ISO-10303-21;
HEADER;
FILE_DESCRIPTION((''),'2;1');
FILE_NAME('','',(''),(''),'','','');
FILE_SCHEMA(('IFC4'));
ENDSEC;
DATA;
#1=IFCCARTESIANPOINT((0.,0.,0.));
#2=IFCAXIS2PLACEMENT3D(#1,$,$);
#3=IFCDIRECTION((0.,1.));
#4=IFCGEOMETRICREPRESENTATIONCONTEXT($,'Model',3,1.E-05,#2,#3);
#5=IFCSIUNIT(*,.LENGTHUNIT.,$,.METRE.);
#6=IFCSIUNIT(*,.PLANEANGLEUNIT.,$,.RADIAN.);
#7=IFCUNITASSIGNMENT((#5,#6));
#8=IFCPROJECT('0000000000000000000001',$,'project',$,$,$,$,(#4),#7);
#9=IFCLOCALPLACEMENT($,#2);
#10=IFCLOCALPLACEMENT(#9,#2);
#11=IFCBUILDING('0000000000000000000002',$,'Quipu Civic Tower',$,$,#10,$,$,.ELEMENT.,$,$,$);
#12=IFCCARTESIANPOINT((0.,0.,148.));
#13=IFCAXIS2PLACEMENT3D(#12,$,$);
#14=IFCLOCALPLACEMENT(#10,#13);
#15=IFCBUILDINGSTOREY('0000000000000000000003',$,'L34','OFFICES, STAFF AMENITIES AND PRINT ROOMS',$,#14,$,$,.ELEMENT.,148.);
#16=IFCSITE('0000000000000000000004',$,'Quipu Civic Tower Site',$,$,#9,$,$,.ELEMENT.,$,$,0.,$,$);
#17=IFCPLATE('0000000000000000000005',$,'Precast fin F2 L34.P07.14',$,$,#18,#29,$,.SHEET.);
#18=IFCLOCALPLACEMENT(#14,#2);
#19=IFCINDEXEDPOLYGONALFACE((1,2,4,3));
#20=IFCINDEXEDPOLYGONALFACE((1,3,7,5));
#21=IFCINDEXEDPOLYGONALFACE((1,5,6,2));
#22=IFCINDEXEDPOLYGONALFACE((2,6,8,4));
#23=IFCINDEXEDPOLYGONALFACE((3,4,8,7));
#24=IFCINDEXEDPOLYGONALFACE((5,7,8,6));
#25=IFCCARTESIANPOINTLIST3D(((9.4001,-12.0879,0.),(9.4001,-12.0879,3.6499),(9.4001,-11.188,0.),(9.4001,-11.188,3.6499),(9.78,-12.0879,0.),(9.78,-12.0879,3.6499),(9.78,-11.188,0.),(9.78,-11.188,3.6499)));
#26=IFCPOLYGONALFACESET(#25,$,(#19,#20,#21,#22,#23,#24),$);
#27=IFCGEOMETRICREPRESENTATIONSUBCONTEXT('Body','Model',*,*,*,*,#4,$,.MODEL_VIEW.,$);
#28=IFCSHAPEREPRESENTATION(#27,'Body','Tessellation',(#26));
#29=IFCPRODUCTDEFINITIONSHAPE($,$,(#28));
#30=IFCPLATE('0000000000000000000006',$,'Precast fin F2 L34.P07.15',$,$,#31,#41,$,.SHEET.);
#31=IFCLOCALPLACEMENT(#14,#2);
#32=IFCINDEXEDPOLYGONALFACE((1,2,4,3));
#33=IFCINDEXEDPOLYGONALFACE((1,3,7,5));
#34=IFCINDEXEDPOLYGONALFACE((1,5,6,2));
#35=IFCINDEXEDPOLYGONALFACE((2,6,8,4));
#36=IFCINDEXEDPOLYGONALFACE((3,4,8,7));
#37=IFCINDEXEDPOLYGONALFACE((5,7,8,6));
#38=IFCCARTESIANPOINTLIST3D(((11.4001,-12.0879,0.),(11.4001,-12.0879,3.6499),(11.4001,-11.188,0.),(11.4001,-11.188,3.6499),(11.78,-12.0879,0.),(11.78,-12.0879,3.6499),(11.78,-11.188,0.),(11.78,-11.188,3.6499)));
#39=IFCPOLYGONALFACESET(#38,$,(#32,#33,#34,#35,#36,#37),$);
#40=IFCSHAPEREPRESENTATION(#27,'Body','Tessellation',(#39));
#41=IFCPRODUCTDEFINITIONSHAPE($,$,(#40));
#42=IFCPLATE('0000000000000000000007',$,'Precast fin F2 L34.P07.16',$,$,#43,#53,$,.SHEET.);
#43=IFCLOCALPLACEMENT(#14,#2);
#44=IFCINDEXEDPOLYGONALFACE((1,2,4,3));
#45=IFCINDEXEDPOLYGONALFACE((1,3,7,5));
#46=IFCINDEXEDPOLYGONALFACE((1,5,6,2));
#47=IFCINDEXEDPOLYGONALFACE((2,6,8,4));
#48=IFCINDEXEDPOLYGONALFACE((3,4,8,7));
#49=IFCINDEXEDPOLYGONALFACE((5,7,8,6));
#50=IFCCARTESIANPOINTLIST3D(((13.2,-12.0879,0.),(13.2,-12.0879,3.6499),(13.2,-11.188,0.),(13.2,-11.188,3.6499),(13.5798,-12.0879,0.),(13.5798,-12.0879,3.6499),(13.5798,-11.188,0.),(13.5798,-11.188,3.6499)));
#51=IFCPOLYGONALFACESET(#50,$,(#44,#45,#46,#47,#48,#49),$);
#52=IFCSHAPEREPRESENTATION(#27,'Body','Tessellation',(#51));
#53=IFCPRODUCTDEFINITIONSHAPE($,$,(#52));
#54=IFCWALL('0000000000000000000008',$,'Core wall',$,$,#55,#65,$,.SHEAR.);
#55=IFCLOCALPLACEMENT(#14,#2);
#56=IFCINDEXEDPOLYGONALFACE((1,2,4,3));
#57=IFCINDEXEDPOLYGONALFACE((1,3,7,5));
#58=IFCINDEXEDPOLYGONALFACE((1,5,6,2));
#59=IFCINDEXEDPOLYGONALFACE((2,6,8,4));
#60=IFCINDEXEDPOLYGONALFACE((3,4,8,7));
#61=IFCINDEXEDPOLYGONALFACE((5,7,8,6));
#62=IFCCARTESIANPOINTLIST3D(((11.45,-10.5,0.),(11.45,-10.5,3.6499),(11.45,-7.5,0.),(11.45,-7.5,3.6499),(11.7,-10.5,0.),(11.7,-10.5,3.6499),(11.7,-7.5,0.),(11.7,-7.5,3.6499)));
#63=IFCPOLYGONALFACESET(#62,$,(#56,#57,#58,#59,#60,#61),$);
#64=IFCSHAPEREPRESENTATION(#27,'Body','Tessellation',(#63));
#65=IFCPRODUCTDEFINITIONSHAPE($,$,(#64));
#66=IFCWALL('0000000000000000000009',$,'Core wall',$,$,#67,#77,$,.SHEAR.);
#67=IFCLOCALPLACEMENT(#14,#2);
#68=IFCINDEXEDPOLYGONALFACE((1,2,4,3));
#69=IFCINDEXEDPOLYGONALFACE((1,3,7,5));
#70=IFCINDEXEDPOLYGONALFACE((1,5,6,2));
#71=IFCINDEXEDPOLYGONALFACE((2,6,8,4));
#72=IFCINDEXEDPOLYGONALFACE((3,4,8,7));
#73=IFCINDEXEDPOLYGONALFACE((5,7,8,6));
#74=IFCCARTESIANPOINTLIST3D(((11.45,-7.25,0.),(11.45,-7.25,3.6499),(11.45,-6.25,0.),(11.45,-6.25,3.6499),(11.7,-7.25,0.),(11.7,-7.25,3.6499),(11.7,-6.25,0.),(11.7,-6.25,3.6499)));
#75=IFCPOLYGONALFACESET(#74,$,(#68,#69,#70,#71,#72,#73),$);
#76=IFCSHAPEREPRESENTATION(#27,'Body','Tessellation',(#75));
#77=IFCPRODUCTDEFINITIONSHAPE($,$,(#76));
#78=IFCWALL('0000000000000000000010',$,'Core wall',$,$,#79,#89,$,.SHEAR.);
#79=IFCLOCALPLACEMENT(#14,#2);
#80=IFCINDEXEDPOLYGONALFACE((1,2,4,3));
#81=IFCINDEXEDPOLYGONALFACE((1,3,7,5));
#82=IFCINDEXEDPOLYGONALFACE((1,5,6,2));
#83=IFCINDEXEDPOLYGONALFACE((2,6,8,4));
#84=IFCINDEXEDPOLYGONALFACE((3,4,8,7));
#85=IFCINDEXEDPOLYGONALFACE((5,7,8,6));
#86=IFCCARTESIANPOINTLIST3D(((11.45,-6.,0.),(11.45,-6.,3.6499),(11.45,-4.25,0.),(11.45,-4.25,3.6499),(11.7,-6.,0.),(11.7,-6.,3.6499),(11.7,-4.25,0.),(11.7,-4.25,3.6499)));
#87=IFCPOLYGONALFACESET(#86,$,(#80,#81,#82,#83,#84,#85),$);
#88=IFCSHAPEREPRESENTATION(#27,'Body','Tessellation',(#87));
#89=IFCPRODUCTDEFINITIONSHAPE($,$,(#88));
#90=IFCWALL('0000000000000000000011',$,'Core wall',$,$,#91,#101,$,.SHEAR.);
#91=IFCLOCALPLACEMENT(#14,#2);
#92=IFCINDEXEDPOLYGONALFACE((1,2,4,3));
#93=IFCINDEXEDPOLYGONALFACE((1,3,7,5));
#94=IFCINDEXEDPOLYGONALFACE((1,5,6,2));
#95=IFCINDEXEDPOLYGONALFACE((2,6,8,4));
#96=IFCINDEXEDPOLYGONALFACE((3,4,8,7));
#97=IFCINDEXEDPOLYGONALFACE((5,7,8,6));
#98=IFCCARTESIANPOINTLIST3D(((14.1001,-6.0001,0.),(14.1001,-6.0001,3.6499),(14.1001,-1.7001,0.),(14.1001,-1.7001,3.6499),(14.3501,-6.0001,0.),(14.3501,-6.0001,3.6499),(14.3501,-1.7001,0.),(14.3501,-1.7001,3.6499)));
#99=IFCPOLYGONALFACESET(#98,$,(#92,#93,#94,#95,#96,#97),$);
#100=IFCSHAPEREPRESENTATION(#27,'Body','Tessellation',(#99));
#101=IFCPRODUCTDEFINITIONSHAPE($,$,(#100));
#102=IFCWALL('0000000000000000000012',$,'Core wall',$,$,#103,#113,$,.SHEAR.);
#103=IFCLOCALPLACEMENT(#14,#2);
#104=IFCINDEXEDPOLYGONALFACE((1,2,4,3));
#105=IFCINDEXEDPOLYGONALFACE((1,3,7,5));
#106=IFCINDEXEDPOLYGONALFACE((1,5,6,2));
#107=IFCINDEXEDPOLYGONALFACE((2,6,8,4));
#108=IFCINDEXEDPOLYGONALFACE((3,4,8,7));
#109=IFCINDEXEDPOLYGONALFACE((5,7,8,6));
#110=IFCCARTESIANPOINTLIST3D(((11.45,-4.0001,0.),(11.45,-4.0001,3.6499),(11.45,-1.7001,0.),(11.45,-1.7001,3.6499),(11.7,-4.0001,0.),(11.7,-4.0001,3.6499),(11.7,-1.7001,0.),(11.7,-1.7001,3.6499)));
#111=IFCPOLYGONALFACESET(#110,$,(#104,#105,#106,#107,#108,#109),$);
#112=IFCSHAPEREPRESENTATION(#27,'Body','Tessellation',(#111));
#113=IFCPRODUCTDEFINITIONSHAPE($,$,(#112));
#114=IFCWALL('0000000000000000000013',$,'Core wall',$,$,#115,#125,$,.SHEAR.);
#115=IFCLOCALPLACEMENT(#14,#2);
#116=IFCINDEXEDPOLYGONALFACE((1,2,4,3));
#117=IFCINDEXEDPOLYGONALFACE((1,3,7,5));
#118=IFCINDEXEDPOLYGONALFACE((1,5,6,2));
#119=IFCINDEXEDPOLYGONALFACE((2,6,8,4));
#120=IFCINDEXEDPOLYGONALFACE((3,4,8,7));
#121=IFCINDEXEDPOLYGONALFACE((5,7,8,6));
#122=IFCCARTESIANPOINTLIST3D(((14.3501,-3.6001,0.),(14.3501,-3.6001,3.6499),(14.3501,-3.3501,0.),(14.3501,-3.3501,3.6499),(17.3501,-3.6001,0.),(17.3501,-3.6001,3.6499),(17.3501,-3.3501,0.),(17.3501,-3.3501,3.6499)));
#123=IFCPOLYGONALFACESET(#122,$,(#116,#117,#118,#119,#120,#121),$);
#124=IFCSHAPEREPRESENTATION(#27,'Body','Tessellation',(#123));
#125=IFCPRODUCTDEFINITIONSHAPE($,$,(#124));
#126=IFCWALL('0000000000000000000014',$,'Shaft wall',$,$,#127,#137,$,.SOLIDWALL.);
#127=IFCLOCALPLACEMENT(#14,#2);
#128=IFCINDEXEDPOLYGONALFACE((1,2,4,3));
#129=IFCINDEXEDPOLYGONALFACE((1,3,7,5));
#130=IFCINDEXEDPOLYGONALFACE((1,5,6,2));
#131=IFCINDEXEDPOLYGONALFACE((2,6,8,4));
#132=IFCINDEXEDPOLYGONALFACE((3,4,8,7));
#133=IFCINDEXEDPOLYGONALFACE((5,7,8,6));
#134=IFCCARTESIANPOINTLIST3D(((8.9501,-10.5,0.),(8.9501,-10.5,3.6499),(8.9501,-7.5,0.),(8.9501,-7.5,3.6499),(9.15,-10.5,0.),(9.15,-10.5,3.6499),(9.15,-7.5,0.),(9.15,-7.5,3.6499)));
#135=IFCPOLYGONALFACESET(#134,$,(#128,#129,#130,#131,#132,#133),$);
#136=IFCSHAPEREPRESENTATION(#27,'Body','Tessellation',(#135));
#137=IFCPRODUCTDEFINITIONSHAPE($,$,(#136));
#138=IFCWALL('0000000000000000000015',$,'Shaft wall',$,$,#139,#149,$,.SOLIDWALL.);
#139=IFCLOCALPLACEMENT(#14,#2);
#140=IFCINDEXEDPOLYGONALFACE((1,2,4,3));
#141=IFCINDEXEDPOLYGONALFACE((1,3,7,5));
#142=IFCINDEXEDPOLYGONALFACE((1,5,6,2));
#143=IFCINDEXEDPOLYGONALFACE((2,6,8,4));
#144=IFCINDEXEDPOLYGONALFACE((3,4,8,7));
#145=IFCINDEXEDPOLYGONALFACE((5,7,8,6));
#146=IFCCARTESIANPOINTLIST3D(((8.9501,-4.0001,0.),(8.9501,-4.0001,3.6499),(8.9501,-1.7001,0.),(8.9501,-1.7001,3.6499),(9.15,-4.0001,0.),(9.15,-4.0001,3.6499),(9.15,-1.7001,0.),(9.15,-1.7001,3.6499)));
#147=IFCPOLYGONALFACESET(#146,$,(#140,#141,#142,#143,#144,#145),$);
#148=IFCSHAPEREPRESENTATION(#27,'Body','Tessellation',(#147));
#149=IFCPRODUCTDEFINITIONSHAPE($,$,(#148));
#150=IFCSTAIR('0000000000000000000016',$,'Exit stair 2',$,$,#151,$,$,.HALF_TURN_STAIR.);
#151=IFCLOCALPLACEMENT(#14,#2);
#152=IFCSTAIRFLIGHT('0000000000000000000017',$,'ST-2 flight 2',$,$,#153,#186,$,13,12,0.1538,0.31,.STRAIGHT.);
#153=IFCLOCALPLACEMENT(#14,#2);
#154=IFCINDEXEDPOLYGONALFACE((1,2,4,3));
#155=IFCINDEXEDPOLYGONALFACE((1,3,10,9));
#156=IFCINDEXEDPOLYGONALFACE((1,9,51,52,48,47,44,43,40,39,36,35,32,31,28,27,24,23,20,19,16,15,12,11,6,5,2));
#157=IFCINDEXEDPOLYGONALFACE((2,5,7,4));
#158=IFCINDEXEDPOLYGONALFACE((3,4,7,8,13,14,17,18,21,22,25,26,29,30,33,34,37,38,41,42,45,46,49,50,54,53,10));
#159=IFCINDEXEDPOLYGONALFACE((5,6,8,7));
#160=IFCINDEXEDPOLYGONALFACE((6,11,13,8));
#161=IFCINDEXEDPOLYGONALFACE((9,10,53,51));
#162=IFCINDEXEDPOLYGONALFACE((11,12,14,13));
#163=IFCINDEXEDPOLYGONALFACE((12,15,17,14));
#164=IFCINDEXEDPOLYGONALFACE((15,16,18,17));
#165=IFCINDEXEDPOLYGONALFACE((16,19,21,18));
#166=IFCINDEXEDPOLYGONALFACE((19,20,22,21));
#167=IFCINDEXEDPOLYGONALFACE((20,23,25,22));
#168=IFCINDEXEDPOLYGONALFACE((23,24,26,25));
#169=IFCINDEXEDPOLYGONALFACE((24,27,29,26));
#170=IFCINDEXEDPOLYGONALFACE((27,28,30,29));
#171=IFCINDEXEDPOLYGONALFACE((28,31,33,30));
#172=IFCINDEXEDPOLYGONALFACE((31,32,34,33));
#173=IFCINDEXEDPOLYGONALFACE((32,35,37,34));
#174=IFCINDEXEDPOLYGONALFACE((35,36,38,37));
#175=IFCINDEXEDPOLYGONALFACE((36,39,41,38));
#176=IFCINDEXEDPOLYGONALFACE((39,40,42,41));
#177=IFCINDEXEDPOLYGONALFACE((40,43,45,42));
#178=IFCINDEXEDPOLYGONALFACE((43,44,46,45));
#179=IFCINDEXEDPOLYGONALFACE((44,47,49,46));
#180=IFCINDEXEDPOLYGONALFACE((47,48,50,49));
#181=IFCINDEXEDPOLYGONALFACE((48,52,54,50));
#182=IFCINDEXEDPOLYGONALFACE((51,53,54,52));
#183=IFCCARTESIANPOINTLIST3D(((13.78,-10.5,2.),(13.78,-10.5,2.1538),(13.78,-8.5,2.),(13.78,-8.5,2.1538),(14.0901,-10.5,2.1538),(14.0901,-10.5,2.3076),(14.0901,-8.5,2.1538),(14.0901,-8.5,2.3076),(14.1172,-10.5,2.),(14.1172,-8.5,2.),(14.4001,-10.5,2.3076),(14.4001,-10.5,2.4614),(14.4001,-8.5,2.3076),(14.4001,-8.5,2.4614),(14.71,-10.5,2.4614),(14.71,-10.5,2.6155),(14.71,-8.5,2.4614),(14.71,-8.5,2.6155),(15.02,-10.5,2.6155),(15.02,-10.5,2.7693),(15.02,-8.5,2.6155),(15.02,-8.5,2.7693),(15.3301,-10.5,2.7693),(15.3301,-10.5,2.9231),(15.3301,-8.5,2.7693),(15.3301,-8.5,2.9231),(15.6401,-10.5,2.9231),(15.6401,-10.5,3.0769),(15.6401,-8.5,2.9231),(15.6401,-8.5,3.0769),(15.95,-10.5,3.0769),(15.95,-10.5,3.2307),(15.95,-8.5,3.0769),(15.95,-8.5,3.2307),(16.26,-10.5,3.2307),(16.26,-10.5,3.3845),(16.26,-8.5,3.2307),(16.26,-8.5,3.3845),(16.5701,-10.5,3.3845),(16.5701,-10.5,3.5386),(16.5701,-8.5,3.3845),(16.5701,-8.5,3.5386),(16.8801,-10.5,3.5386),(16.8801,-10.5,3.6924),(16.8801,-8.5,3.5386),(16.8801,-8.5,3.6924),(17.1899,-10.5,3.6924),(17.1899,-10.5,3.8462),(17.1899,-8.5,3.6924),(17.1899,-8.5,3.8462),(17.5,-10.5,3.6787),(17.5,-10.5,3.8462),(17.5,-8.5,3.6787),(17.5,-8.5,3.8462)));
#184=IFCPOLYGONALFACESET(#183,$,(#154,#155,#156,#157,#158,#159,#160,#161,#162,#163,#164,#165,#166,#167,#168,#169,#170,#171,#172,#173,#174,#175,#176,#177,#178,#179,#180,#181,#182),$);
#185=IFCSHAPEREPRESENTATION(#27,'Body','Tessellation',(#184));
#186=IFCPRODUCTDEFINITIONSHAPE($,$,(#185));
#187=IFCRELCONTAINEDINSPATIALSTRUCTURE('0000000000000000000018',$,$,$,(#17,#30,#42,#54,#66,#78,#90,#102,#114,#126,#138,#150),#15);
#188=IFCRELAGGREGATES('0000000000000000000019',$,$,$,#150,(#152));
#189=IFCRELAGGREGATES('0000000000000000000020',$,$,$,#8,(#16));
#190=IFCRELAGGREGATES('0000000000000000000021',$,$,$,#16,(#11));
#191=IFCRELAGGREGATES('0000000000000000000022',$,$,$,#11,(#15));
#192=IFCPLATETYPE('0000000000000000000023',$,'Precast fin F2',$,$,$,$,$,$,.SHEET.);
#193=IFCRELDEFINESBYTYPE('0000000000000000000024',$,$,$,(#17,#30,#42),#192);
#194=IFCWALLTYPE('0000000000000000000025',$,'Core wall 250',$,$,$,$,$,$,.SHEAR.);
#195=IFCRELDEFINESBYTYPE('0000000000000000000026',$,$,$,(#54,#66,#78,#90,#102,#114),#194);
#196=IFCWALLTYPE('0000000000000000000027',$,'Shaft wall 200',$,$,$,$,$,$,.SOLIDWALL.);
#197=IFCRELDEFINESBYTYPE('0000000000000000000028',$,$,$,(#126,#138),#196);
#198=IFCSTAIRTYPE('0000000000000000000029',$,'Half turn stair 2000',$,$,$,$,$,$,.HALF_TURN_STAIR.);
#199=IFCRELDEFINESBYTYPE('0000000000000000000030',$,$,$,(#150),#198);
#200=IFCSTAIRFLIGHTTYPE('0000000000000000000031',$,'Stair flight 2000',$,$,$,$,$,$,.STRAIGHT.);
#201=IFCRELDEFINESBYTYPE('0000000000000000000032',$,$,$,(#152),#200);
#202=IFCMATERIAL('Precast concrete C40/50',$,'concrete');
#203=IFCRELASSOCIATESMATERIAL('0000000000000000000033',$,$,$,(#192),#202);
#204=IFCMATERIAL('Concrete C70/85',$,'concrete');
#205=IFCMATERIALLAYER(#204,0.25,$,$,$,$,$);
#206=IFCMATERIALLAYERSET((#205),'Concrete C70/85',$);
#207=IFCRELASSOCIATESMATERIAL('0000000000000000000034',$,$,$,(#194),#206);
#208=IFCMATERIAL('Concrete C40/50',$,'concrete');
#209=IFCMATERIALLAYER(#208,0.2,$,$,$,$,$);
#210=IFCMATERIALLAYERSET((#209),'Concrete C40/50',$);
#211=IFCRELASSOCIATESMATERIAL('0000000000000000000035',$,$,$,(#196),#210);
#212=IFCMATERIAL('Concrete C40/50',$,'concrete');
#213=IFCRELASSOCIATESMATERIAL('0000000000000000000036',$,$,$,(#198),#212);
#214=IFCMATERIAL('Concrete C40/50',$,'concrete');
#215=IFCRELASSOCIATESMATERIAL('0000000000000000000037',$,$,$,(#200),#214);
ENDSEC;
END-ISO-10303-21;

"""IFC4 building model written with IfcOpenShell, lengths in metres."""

from ifc_helpers import new_model, si_unit, direction, frame, frame_2d, origin, origin_2d, place, context, subcontext, project, spatial, polyline, rectangle, outline, extrude, material, layer, layer_set, type_object, element, aggregate, save


model = new_model("IFC4")

# Units and contexts
model_context = context("Model", 3, precision=1e-05, world=origin(), true_north=direction((0.0, 1.0)))
body_context = subcontext(model_context, "Body", "Model", "MODEL_VIEW")
ifc_project = project(units=[si_unit("LENGTHUNIT", "METRE"), si_unit("PLANEANGLEUNIT", "RADIAN")], contexts=[model_context])

# Site, building, storey
site_placement = place(None, origin())
site = spatial("IfcSite", under=ifc_project, at=site_placement, Name="Quipu Civic Tower Site", CompositionType="ELEMENT", RefElevation=0.0)
building_placement = place(site_placement, origin())
building = spatial("IfcBuilding", under=site, at=building_placement, Name="Quipu Civic Tower", CompositionType="ELEMENT")
storey_placement = place(building_placement, frame((0.0, 0.0, 148.0)))
storey = spatial("IfcBuildingStorey", under=building, at=storey_placement, Name="L34", Description="OFFICES, STAFF AMENITIES AND PRINT ROOMS", CompositionType="ELEMENT", Elevation=148.0)

# Plates
ifc_material_1 = material(Name="Precast concrete C40/50", Category="concrete")
plate_type = type_object("IfcPlateType", Name="Precast fin F2", PredefinedType="SHEET", material=ifc_material_1)
for number, where, z_axis, x_axis, name in (
    (1, (9.5901, -11.6379, 0.0), (0.0, 0.0, 1.0), (1.0, 0.0, 0.0), "Precast fin F2 L34.P07.14"),
    (2, (11.5901, -11.6379, 0.0), (0.0, 0.0, 1.0), (1.0, 0.0, 0.0), "Precast fin F2 L34.P07.15"),
    (3, (13.3899, -11.6379, 0.0), (0.0, 0.0, 1.0), (1.0, 0.0, 0.0), "Precast fin F2 L34.P07.16"),
):
    element("IfcPlate", number, at=place(storey_placement, frame(where, z_axis=z_axis, x_axis=x_axis)), inside=storey, type_object=plate_type, Name=name, PredefinedType="SHEET", context=body_context, shape_type="SweptSolid", body=[
        extrude(rectangle(XDim=0.3799, YDim=0.8999, at=origin_2d()), origin(), (0.0, 0.0, 1.0), 3.6499),
    ])

# Wall
ifc_material_2 = material(Name="Concrete C70/85", Category="concrete")
ifc_layer_1 = layer(ifc_material_2, 0.25)
ifc_layer_set_1 = layer_set([ifc_layer_1], Name="Concrete C70/85")
wall_type_1 = type_object("IfcWallType", Name="Core wall 250", PredefinedType="SHEAR", material=ifc_layer_set_1)
wall_1_placement = place(storey_placement, frame((11.575, -10.5, 0.0), z_axis=(0.0, 0.0, 1.0), x_axis=(0.0, 1.0, 0.0)))
element("IfcWall", 4, at=wall_1_placement, inside=storey, type_object=wall_type_1, Name="Core wall", PredefinedType="SHEAR", context=body_context, shape_type="SweptSolid", body=[
    extrude(rectangle(XDim=3.0, YDim=0.25, at=frame_2d((1.5, 0.0))), origin(), (0.0, 0.0, 1.0), 3.6499),
])

# Walls
wall_2_placement = place(storey_placement, frame((11.575, -7.25, 0.0), z_axis=(0.0, 0.0, 1.0), x_axis=(0.0, 1.0, 0.0)))
element("IfcWall", 5, at=wall_2_placement, inside=storey, type_object=wall_type_1, Name="Core wall", PredefinedType="SHEAR", context=body_context, shape_type="SweptSolid", body=[
    extrude(rectangle(XDim=1.0, YDim=0.25, at=frame_2d((0.5, 0.0))), origin(), (0.0, 0.0, 1.0), 3.6499),
])
wall_3_placement = place(storey_placement, frame((11.575, -6.0, 0.0), z_axis=(0.0, 0.0, 1.0), x_axis=(0.0, 1.0, 0.0)))
element("IfcWall", 6, at=wall_3_placement, inside=storey, type_object=wall_type_1, Name="Core wall", PredefinedType="SHEAR", context=body_context, shape_type="SweptSolid", body=[
    extrude(rectangle(XDim=1.75, YDim=0.25, at=frame_2d((0.875, 0.0))), origin(), (0.0, 0.0, 1.0), 3.6499),
])
wall_4_placement = place(storey_placement, frame((14.2251, -6.0, 0.0), z_axis=(0.0, 0.0, 1.0), x_axis=(0.0, 1.0, 0.0)))
element("IfcWall", 7, at=wall_4_placement, inside=storey, type_object=wall_type_1, Name="Core wall", PredefinedType="SHEAR", context=body_context, shape_type="SweptSolid", body=[
    extrude(rectangle(XDim=4.3, YDim=0.25, at=frame_2d((2.1499, 0.0))), origin(), (0.0, 0.0, 1.0), 3.6499),
])
wall_5_placement = place(storey_placement, frame((11.575, -4.0, 0.0), z_axis=(0.0, 0.0, 1.0), x_axis=(0.0, 1.0, 0.0)))
element("IfcWall", 8, at=wall_5_placement, inside=storey, type_object=wall_type_1, Name="Core wall", PredefinedType="SHEAR", context=body_context, shape_type="SweptSolid", body=[
    extrude(rectangle(XDim=2.3, YDim=0.25, at=frame_2d((1.1499, 0.0))), origin(), (0.0, 0.0, 1.0), 3.6499),
])
wall_6_placement = place(storey_placement, frame((14.3501, -3.4751, 0.0), z_axis=(0.0, 0.0, 1.0), x_axis=(1.0, 0.0, 0.0)))
element("IfcWall", 9, at=wall_6_placement, inside=storey, type_object=wall_type_1, Name="Core wall", PredefinedType="SHEAR", context=body_context, shape_type="SweptSolid", body=[
    extrude(rectangle(XDim=3.0, YDim=0.25, at=frame_2d((1.5, 0.0))), origin(), (0.0, 0.0, 1.0), 3.6499),
])
ifc_material_3 = material(Name="Concrete C40/50", Category="concrete")
ifc_layer_2 = layer(ifc_material_3, 0.2)
ifc_layer_set_2 = layer_set([ifc_layer_2], Name="Concrete C40/50")
wall_type_2 = type_object("IfcWallType", Name="Shaft wall 200", PredefinedType="SOLIDWALL", material=ifc_layer_set_2)
wall_7_placement = place(storey_placement, frame((9.05, -10.5, 0.0), z_axis=(0.0, 0.0, 1.0), x_axis=(0.0, 1.0, 0.0)))
element("IfcWall", 10, at=wall_7_placement, inside=storey, type_object=wall_type_2, Name="Shaft wall", PredefinedType="SOLIDWALL", context=body_context, shape_type="SweptSolid", body=[
    extrude(rectangle(XDim=3.0, YDim=0.2, at=frame_2d((1.5, 0.0))), origin(), (0.0, 0.0, 1.0), 3.6499),
])
wall_8_placement = place(storey_placement, frame((9.05, -4.0, 0.0), z_axis=(0.0, 0.0, 1.0), x_axis=(0.0, 1.0, 0.0)))
element("IfcWall", 11, at=wall_8_placement, inside=storey, type_object=wall_type_2, Name="Shaft wall", PredefinedType="SOLIDWALL", context=body_context, shape_type="SweptSolid", body=[
    extrude(rectangle(XDim=2.3, YDim=0.2, at=frame_2d((1.1499, 0.0))), origin(), (0.0, 0.0, 1.0), 3.6499),
])

# Stair, stair flight
ifc_material_4 = material(Name="Concrete C40/50", Category="concrete")
stair_type = type_object("IfcStairType", Name="Half turn stair 2000", PredefinedType="HALF_TURN_STAIR", material=ifc_material_4)
stair_placement = place(storey_placement, origin())
stair = element("IfcStair", 12, at=stair_placement, inside=storey, type_object=stair_type, Name="Exit stair 2", PredefinedType="HALF_TURN_STAIR")
ifc_material_5 = material(Name="Concrete C40/50", Category="concrete")
stair_flight_type = type_object("IfcStairFlightType", Name="Stair flight 2000", PredefinedType="STRAIGHT", material=ifc_material_5)
stair_flight_placement = place(storey_placement, frame((13.78, -9.5, 2.0), z_axis=(0.0, 0.0, 1.0), x_axis=(1.0, 0.0, 0.0)))
stair_flight = element("IfcStairFlight", 13, at=stair_flight_placement, type_object=stair_flight_type, Name="ST-2 flight 2", NumberOfRisers=13, NumberOfTreads=12, PredefinedType="STRAIGHT", RiserHeight=0.1538, TreadLength=0.31, context=body_context, shape_type="SweptSolid", body=[
    extrude(outline(polyline([(0.0, 0.0), (0.0, 0.1538), (0.3101, 0.1538), (0.3101, 0.3076), (0.6201, 0.3076), (0.6201, 0.4614), (0.9299, 0.4614), (0.9299, 0.6155), (1.24, 0.6155), (1.24, 0.7693), (1.55, 0.7693), (1.55, 0.9231), (1.8601, 0.9231), (1.8601, 1.0769), (2.1699, 1.0769), (2.1699, 1.2307), (2.48, 1.2307), (2.48, 1.3845), (2.79, 1.3845), (2.79, 1.5386), (3.1001, 1.5386), (3.1001, 1.6924), (3.4099, 1.6924), (3.4099, 1.8462), (3.72, 1.8462), (3.72, 2.0), (3.72, 1.6787), (0.3372, 0.0), (0.0, 0.0)])), frame((0.0, 1.0, 0.0), z_axis=(0.0, -1.0, 0.0), x_axis=(1.0, 0.0, 0.0)), (0.0, 0.0, 1.0), 2.0),
])
aggregate(stair, [stair_flight])

save(model, "model.ifc")
